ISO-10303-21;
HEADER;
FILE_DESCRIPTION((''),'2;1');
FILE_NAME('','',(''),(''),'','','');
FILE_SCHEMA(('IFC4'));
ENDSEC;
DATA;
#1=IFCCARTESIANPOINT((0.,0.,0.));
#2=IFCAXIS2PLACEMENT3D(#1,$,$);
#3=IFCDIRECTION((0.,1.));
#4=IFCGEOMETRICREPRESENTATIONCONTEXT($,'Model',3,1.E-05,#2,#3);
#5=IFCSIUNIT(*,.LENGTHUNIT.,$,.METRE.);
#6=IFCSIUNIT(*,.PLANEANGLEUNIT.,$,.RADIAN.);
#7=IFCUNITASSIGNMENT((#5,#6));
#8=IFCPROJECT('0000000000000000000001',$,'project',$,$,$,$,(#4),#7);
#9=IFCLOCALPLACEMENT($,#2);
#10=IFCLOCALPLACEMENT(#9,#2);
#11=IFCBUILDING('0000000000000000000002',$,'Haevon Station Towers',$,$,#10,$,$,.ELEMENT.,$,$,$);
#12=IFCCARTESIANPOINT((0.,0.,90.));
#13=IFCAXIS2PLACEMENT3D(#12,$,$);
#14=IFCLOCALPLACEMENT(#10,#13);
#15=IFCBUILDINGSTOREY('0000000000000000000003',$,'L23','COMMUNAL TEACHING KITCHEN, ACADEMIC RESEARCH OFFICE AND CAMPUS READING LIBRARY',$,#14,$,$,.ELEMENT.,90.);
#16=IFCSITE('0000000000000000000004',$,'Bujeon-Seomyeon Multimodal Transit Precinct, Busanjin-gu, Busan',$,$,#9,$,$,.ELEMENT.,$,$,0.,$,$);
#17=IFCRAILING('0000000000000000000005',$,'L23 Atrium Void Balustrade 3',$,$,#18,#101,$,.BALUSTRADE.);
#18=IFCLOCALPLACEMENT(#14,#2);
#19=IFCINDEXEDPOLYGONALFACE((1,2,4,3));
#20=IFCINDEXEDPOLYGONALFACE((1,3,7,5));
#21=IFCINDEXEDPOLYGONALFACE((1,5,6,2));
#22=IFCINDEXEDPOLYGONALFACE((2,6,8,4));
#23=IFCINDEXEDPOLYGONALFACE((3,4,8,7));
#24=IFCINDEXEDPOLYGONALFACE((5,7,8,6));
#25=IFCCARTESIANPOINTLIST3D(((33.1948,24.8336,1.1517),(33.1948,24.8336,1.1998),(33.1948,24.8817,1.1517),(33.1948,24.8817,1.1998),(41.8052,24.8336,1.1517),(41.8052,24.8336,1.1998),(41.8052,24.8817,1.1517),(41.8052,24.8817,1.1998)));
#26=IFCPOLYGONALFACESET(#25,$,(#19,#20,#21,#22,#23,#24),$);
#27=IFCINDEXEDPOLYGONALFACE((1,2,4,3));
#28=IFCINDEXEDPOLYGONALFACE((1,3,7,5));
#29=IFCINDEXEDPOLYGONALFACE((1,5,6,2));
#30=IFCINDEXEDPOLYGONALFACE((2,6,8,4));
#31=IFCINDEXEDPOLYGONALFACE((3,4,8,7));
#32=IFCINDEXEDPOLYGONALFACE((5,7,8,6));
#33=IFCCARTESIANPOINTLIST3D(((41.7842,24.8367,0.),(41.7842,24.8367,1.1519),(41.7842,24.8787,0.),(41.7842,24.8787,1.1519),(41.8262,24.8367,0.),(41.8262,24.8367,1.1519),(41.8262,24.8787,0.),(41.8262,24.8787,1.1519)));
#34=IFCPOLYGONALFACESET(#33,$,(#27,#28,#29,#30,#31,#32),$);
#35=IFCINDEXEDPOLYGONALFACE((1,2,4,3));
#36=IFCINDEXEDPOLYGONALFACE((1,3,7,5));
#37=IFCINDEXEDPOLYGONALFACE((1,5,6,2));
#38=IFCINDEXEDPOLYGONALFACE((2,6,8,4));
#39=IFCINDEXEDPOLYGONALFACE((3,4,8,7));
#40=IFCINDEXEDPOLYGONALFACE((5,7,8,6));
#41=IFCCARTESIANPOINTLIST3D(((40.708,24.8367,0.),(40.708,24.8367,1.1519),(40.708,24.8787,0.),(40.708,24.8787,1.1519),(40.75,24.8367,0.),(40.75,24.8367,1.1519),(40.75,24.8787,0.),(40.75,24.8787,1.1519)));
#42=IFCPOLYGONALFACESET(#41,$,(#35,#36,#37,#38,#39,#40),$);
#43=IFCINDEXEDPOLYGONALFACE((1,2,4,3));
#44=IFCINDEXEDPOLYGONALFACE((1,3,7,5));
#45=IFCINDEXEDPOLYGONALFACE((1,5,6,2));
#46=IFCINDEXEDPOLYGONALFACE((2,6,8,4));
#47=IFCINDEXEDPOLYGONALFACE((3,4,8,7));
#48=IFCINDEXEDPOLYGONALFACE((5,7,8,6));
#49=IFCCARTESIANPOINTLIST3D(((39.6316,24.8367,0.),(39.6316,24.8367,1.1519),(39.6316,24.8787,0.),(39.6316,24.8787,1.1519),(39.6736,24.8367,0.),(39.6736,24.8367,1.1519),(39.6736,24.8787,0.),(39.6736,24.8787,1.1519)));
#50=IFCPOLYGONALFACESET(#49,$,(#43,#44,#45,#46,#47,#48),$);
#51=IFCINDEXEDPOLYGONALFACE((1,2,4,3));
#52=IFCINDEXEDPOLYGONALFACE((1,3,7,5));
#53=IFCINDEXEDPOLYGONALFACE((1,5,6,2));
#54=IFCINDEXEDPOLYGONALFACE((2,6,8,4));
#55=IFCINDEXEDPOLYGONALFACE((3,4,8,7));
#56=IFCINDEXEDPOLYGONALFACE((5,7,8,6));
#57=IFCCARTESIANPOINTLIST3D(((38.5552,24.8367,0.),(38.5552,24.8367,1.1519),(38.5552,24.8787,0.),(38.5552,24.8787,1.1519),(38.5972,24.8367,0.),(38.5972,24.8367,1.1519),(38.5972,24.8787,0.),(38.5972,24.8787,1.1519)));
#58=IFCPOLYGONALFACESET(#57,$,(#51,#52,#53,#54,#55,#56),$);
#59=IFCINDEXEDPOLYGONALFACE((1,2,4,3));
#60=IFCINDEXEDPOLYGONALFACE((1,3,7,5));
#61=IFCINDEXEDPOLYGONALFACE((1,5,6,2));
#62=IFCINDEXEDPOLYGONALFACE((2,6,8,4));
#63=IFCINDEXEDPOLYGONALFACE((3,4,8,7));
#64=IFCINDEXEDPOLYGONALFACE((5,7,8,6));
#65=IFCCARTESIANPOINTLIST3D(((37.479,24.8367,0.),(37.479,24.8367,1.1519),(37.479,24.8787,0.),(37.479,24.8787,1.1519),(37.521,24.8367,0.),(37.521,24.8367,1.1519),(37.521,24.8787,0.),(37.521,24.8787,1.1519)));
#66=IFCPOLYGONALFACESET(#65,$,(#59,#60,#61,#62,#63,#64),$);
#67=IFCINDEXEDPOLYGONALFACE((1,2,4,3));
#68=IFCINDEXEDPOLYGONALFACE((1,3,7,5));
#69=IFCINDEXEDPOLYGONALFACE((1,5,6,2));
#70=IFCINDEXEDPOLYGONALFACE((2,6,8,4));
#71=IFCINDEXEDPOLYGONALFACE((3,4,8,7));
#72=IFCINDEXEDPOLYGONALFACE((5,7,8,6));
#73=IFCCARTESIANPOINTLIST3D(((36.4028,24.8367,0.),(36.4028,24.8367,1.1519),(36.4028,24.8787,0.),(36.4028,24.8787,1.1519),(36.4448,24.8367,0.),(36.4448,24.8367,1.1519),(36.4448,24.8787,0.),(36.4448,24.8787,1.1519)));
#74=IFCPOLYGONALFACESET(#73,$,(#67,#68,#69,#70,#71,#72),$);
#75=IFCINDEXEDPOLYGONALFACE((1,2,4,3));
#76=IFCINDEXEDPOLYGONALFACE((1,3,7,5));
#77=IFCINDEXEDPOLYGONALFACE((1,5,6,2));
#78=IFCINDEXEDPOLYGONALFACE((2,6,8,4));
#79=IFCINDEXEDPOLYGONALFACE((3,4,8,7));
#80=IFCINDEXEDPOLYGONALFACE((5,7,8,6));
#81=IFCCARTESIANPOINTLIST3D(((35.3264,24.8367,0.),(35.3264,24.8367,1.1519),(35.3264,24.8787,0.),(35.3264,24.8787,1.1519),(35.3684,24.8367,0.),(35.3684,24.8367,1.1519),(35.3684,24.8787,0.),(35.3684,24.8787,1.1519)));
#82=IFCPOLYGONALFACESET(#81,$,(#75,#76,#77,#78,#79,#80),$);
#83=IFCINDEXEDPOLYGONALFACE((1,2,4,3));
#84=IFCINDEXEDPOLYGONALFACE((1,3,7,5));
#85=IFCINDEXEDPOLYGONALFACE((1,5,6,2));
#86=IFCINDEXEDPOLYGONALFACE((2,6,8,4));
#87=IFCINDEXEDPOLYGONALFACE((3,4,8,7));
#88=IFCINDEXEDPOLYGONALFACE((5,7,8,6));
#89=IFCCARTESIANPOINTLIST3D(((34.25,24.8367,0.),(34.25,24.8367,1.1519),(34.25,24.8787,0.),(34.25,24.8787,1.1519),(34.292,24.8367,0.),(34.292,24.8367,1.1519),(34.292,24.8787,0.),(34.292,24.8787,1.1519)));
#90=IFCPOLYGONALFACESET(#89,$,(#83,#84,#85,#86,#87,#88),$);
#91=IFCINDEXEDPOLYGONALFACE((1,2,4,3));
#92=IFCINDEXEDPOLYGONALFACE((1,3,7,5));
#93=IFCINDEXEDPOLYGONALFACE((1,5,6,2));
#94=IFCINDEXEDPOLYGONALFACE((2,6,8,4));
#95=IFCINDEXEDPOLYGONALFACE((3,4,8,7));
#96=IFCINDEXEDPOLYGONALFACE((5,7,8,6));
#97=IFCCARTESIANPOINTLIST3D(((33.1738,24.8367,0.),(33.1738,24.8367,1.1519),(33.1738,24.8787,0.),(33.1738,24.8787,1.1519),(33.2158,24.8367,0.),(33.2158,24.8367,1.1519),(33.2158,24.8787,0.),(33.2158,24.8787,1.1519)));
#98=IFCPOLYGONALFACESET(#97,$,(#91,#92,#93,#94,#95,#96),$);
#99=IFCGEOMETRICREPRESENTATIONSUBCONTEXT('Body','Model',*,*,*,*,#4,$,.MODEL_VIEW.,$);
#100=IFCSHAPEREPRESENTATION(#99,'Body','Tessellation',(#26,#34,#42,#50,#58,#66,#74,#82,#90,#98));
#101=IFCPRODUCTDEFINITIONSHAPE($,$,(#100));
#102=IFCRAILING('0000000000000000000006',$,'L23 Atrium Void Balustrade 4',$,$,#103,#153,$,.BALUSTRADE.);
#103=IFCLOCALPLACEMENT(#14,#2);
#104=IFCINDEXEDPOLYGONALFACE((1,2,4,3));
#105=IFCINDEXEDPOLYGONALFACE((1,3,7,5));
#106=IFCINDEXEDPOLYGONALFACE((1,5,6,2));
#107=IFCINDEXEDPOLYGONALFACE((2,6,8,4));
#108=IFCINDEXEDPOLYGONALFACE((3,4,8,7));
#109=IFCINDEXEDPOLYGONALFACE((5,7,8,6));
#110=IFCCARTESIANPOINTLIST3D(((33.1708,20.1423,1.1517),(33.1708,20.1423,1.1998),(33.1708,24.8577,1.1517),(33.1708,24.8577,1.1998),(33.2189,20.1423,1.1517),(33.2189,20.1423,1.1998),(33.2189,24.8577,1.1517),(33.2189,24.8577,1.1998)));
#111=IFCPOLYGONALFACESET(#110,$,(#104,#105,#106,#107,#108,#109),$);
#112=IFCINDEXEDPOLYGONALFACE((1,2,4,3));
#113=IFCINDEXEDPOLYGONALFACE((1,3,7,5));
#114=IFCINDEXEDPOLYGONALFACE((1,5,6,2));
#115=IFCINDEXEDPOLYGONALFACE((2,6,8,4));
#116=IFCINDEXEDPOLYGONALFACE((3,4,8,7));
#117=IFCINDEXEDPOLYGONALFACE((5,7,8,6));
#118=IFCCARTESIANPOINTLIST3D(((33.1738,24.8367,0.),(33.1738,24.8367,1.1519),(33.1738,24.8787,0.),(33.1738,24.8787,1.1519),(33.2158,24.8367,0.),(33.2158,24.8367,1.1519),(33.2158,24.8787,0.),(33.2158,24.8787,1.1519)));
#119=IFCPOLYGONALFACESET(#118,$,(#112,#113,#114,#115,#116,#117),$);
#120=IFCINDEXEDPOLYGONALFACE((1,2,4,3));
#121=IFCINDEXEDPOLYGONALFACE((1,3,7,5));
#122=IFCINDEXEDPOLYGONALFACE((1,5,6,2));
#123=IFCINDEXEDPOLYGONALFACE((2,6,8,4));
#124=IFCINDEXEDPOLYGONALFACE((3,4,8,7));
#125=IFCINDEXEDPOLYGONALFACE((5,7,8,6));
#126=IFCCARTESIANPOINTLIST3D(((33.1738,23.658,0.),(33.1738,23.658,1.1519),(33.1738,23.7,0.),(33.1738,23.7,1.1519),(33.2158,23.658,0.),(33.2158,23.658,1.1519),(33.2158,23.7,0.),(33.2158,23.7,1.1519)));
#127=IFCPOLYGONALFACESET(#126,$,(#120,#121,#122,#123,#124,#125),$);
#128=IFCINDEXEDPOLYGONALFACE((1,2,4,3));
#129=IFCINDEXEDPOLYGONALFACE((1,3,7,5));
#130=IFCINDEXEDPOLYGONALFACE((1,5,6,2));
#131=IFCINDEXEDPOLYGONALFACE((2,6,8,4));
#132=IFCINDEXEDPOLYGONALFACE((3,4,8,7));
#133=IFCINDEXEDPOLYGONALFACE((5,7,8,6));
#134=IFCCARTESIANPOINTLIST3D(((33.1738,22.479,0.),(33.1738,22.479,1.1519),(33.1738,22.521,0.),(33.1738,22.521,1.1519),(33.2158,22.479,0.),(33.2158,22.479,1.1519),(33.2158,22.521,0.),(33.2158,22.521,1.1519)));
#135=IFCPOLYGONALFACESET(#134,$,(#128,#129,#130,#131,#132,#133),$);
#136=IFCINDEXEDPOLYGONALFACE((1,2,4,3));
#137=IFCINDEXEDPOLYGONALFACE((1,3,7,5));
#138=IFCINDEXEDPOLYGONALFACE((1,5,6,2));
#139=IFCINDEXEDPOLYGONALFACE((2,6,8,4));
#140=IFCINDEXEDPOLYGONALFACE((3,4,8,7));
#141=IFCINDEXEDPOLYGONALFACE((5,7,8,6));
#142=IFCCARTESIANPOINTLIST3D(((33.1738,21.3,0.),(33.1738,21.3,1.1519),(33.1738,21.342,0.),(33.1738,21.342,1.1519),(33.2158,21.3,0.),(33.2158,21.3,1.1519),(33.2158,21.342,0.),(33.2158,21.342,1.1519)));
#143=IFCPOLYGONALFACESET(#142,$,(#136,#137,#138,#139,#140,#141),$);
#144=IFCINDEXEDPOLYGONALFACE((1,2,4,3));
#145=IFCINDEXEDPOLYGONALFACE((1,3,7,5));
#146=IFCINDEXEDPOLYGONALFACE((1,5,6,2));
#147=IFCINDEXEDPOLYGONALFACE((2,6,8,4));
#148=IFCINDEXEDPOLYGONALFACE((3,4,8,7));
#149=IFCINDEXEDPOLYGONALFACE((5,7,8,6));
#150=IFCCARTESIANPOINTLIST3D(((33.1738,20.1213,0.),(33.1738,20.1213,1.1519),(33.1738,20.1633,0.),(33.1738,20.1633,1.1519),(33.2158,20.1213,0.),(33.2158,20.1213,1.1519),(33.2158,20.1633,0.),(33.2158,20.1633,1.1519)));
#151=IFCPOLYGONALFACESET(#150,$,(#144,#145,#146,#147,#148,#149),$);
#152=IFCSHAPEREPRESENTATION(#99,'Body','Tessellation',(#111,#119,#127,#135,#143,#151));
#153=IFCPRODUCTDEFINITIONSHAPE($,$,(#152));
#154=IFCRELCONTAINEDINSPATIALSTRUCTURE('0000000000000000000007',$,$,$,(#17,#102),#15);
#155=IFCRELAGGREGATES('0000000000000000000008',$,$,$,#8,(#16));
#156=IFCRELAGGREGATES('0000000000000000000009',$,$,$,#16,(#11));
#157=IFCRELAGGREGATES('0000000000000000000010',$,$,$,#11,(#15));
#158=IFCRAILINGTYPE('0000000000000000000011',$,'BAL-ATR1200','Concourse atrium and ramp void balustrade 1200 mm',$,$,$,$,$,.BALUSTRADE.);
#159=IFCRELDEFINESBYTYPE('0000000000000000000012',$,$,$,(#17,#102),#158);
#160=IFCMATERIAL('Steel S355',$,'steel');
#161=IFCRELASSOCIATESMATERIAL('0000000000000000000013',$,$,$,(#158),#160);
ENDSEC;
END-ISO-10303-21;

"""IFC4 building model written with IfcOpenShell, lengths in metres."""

from ifc_helpers import new_model, si_unit, direction, frame, origin, origin_2d, place, context, subcontext, project, spatial, rectangle, extrude, material, type_object, element, save


model = new_model("IFC4")

# Units and contexts
model_context = context("Model", 3, precision=1e-05, world=origin(), true_north=direction((0.0, 1.0)))
body_context = subcontext(model_context, "Body", "Model", "MODEL_VIEW")
ifc_project = project(units=[si_unit("LENGTHUNIT", "METRE"), si_unit("PLANEANGLEUNIT", "RADIAN")], contexts=[model_context])

# Site, building, storey
site_placement = place(None, origin())
site = spatial("IfcSite", under=ifc_project, at=site_placement, Name="Bujeon-Seomyeon Multimodal Transit Precinct, Busanjin-gu, Busan", CompositionType="ELEMENT", RefElevation=0.0)
building_placement = place(site_placement, origin())
building = spatial("IfcBuilding", under=site, at=building_placement, Name="Haevon Station Towers", CompositionType="ELEMENT")
storey_placement = place(building_placement, frame((0.0, 0.0, 90.0)))
storey = spatial("IfcBuildingStorey", under=building, at=storey_placement, Name="L23", Description="COMMUNAL TEACHING KITCHEN, ACADEMIC RESEARCH OFFICE AND CAMPUS READING LIBRARY", CompositionType="ELEMENT", Elevation=90.0)

# Shared definitions
ifc_material_1 = material(Name="Steel S355", Category="steel")

# Railings
railing_type = type_object("IfcRailingType", Name="BAL-ATR1200", Description="Concourse atrium and ramp void balustrade 1200 mm", PredefinedType="BALUSTRADE", material=ifc_material_1)
railing_1_placement = place(storey_placement, frame((41.8052, 24.8577, 0.0)))
element("IfcRailing", 1, at=railing_1_placement, inside=storey, type_object=railing_type, Name="L23 Atrium Void Balustrade 3", PredefinedType="BALUSTRADE", context=body_context, shape_type="SweptSolid", body=[
    extrude(rectangle(XDim=0.0481, YDim=0.0481, at=origin_2d()), frame((0.0, 0.0, 1.1758), z_axis=(-1.0, 0.0, 0.0), x_axis=(0.0, -1.0, 0.0)), (0.0, 0.0, 1.0), 8.6104),
    extrude(rectangle(XDim=0.042, YDim=0.042, at=origin_2d()), origin(), (0.0, 0.0, 1.0), 1.1519),
    extrude(rectangle(XDim=0.042, YDim=0.042, at=origin_2d()), frame((-1.0762, 0.0, 0.0)), (0.0, 0.0, 1.0), 1.1519),
    extrude(rectangle(XDim=0.042, YDim=0.042, at=origin_2d()), frame((-2.1526, 0.0, 0.0)), (0.0, 0.0, 1.0), 1.1519),
    extrude(rectangle(XDim=0.042, YDim=0.042, at=origin_2d()), frame((-3.229, 0.0, 0.0)), (0.0, 0.0, 1.0), 1.1519),
    extrude(rectangle(XDim=0.042, YDim=0.042, at=origin_2d()), frame((-4.3052, 0.0, 0.0)), (0.0, 0.0, 1.0), 1.1519),
    extrude(rectangle(XDim=0.042, YDim=0.042, at=origin_2d()), frame((-5.3813, 0.0, 0.0)), (0.0, 0.0, 1.0), 1.1519),
    extrude(rectangle(XDim=0.042, YDim=0.042, at=origin_2d()), frame((-6.4578, 0.0, 0.0)), (0.0, 0.0, 1.0), 1.1519),
    extrude(rectangle(XDim=0.042, YDim=0.042, at=origin_2d()), frame((-7.5342, 0.0, 0.0)), (0.0, 0.0, 1.0), 1.1519),
    extrude(rectangle(XDim=0.042, YDim=0.042, at=origin_2d()), frame((-8.6104, 0.0, 0.0)), (0.0, 0.0, 1.0), 1.1519),
])
railing_2_placement = place(storey_placement, frame((33.1948, 24.8577, 0.0)))
element("IfcRailing", 2, at=railing_2_placement, inside=storey, type_object=railing_type, Name="L23 Atrium Void Balustrade 4", PredefinedType="BALUSTRADE", context=body_context, shape_type="SweptSolid", body=[
    extrude(rectangle(XDim=0.0481, YDim=0.0481, at=origin_2d()), frame((0.0, 0.0, 1.1758), z_axis=(0.0, -1.0, 0.0), x_axis=(1.0, 0.0, 0.0)), (0.0, 0.0, 1.0), 4.7153),
    extrude(rectangle(XDim=0.042, YDim=0.042, at=origin_2d()), origin(), (0.0, 0.0, 1.0), 1.1519),
    extrude(rectangle(XDim=0.042, YDim=0.042, at=origin_2d()), frame((0.0, -1.1787, 0.0)), (0.0, 0.0, 1.0), 1.1519),
    extrude(rectangle(XDim=0.042, YDim=0.042, at=origin_2d()), frame((0.0, -2.3577, 0.0)), (0.0, 0.0, 1.0), 1.1519),
    extrude(rectangle(XDim=0.042, YDim=0.042, at=origin_2d()), frame((0.0, -3.5366, 0.0)), (0.0, 0.0, 1.0), 1.1519),
    extrude(rectangle(XDim=0.042, YDim=0.042, at=origin_2d()), frame((0.0, -4.7153, 0.0)), (0.0, 0.0, 1.0), 1.1519),
])

save(model, "model.ifc")
